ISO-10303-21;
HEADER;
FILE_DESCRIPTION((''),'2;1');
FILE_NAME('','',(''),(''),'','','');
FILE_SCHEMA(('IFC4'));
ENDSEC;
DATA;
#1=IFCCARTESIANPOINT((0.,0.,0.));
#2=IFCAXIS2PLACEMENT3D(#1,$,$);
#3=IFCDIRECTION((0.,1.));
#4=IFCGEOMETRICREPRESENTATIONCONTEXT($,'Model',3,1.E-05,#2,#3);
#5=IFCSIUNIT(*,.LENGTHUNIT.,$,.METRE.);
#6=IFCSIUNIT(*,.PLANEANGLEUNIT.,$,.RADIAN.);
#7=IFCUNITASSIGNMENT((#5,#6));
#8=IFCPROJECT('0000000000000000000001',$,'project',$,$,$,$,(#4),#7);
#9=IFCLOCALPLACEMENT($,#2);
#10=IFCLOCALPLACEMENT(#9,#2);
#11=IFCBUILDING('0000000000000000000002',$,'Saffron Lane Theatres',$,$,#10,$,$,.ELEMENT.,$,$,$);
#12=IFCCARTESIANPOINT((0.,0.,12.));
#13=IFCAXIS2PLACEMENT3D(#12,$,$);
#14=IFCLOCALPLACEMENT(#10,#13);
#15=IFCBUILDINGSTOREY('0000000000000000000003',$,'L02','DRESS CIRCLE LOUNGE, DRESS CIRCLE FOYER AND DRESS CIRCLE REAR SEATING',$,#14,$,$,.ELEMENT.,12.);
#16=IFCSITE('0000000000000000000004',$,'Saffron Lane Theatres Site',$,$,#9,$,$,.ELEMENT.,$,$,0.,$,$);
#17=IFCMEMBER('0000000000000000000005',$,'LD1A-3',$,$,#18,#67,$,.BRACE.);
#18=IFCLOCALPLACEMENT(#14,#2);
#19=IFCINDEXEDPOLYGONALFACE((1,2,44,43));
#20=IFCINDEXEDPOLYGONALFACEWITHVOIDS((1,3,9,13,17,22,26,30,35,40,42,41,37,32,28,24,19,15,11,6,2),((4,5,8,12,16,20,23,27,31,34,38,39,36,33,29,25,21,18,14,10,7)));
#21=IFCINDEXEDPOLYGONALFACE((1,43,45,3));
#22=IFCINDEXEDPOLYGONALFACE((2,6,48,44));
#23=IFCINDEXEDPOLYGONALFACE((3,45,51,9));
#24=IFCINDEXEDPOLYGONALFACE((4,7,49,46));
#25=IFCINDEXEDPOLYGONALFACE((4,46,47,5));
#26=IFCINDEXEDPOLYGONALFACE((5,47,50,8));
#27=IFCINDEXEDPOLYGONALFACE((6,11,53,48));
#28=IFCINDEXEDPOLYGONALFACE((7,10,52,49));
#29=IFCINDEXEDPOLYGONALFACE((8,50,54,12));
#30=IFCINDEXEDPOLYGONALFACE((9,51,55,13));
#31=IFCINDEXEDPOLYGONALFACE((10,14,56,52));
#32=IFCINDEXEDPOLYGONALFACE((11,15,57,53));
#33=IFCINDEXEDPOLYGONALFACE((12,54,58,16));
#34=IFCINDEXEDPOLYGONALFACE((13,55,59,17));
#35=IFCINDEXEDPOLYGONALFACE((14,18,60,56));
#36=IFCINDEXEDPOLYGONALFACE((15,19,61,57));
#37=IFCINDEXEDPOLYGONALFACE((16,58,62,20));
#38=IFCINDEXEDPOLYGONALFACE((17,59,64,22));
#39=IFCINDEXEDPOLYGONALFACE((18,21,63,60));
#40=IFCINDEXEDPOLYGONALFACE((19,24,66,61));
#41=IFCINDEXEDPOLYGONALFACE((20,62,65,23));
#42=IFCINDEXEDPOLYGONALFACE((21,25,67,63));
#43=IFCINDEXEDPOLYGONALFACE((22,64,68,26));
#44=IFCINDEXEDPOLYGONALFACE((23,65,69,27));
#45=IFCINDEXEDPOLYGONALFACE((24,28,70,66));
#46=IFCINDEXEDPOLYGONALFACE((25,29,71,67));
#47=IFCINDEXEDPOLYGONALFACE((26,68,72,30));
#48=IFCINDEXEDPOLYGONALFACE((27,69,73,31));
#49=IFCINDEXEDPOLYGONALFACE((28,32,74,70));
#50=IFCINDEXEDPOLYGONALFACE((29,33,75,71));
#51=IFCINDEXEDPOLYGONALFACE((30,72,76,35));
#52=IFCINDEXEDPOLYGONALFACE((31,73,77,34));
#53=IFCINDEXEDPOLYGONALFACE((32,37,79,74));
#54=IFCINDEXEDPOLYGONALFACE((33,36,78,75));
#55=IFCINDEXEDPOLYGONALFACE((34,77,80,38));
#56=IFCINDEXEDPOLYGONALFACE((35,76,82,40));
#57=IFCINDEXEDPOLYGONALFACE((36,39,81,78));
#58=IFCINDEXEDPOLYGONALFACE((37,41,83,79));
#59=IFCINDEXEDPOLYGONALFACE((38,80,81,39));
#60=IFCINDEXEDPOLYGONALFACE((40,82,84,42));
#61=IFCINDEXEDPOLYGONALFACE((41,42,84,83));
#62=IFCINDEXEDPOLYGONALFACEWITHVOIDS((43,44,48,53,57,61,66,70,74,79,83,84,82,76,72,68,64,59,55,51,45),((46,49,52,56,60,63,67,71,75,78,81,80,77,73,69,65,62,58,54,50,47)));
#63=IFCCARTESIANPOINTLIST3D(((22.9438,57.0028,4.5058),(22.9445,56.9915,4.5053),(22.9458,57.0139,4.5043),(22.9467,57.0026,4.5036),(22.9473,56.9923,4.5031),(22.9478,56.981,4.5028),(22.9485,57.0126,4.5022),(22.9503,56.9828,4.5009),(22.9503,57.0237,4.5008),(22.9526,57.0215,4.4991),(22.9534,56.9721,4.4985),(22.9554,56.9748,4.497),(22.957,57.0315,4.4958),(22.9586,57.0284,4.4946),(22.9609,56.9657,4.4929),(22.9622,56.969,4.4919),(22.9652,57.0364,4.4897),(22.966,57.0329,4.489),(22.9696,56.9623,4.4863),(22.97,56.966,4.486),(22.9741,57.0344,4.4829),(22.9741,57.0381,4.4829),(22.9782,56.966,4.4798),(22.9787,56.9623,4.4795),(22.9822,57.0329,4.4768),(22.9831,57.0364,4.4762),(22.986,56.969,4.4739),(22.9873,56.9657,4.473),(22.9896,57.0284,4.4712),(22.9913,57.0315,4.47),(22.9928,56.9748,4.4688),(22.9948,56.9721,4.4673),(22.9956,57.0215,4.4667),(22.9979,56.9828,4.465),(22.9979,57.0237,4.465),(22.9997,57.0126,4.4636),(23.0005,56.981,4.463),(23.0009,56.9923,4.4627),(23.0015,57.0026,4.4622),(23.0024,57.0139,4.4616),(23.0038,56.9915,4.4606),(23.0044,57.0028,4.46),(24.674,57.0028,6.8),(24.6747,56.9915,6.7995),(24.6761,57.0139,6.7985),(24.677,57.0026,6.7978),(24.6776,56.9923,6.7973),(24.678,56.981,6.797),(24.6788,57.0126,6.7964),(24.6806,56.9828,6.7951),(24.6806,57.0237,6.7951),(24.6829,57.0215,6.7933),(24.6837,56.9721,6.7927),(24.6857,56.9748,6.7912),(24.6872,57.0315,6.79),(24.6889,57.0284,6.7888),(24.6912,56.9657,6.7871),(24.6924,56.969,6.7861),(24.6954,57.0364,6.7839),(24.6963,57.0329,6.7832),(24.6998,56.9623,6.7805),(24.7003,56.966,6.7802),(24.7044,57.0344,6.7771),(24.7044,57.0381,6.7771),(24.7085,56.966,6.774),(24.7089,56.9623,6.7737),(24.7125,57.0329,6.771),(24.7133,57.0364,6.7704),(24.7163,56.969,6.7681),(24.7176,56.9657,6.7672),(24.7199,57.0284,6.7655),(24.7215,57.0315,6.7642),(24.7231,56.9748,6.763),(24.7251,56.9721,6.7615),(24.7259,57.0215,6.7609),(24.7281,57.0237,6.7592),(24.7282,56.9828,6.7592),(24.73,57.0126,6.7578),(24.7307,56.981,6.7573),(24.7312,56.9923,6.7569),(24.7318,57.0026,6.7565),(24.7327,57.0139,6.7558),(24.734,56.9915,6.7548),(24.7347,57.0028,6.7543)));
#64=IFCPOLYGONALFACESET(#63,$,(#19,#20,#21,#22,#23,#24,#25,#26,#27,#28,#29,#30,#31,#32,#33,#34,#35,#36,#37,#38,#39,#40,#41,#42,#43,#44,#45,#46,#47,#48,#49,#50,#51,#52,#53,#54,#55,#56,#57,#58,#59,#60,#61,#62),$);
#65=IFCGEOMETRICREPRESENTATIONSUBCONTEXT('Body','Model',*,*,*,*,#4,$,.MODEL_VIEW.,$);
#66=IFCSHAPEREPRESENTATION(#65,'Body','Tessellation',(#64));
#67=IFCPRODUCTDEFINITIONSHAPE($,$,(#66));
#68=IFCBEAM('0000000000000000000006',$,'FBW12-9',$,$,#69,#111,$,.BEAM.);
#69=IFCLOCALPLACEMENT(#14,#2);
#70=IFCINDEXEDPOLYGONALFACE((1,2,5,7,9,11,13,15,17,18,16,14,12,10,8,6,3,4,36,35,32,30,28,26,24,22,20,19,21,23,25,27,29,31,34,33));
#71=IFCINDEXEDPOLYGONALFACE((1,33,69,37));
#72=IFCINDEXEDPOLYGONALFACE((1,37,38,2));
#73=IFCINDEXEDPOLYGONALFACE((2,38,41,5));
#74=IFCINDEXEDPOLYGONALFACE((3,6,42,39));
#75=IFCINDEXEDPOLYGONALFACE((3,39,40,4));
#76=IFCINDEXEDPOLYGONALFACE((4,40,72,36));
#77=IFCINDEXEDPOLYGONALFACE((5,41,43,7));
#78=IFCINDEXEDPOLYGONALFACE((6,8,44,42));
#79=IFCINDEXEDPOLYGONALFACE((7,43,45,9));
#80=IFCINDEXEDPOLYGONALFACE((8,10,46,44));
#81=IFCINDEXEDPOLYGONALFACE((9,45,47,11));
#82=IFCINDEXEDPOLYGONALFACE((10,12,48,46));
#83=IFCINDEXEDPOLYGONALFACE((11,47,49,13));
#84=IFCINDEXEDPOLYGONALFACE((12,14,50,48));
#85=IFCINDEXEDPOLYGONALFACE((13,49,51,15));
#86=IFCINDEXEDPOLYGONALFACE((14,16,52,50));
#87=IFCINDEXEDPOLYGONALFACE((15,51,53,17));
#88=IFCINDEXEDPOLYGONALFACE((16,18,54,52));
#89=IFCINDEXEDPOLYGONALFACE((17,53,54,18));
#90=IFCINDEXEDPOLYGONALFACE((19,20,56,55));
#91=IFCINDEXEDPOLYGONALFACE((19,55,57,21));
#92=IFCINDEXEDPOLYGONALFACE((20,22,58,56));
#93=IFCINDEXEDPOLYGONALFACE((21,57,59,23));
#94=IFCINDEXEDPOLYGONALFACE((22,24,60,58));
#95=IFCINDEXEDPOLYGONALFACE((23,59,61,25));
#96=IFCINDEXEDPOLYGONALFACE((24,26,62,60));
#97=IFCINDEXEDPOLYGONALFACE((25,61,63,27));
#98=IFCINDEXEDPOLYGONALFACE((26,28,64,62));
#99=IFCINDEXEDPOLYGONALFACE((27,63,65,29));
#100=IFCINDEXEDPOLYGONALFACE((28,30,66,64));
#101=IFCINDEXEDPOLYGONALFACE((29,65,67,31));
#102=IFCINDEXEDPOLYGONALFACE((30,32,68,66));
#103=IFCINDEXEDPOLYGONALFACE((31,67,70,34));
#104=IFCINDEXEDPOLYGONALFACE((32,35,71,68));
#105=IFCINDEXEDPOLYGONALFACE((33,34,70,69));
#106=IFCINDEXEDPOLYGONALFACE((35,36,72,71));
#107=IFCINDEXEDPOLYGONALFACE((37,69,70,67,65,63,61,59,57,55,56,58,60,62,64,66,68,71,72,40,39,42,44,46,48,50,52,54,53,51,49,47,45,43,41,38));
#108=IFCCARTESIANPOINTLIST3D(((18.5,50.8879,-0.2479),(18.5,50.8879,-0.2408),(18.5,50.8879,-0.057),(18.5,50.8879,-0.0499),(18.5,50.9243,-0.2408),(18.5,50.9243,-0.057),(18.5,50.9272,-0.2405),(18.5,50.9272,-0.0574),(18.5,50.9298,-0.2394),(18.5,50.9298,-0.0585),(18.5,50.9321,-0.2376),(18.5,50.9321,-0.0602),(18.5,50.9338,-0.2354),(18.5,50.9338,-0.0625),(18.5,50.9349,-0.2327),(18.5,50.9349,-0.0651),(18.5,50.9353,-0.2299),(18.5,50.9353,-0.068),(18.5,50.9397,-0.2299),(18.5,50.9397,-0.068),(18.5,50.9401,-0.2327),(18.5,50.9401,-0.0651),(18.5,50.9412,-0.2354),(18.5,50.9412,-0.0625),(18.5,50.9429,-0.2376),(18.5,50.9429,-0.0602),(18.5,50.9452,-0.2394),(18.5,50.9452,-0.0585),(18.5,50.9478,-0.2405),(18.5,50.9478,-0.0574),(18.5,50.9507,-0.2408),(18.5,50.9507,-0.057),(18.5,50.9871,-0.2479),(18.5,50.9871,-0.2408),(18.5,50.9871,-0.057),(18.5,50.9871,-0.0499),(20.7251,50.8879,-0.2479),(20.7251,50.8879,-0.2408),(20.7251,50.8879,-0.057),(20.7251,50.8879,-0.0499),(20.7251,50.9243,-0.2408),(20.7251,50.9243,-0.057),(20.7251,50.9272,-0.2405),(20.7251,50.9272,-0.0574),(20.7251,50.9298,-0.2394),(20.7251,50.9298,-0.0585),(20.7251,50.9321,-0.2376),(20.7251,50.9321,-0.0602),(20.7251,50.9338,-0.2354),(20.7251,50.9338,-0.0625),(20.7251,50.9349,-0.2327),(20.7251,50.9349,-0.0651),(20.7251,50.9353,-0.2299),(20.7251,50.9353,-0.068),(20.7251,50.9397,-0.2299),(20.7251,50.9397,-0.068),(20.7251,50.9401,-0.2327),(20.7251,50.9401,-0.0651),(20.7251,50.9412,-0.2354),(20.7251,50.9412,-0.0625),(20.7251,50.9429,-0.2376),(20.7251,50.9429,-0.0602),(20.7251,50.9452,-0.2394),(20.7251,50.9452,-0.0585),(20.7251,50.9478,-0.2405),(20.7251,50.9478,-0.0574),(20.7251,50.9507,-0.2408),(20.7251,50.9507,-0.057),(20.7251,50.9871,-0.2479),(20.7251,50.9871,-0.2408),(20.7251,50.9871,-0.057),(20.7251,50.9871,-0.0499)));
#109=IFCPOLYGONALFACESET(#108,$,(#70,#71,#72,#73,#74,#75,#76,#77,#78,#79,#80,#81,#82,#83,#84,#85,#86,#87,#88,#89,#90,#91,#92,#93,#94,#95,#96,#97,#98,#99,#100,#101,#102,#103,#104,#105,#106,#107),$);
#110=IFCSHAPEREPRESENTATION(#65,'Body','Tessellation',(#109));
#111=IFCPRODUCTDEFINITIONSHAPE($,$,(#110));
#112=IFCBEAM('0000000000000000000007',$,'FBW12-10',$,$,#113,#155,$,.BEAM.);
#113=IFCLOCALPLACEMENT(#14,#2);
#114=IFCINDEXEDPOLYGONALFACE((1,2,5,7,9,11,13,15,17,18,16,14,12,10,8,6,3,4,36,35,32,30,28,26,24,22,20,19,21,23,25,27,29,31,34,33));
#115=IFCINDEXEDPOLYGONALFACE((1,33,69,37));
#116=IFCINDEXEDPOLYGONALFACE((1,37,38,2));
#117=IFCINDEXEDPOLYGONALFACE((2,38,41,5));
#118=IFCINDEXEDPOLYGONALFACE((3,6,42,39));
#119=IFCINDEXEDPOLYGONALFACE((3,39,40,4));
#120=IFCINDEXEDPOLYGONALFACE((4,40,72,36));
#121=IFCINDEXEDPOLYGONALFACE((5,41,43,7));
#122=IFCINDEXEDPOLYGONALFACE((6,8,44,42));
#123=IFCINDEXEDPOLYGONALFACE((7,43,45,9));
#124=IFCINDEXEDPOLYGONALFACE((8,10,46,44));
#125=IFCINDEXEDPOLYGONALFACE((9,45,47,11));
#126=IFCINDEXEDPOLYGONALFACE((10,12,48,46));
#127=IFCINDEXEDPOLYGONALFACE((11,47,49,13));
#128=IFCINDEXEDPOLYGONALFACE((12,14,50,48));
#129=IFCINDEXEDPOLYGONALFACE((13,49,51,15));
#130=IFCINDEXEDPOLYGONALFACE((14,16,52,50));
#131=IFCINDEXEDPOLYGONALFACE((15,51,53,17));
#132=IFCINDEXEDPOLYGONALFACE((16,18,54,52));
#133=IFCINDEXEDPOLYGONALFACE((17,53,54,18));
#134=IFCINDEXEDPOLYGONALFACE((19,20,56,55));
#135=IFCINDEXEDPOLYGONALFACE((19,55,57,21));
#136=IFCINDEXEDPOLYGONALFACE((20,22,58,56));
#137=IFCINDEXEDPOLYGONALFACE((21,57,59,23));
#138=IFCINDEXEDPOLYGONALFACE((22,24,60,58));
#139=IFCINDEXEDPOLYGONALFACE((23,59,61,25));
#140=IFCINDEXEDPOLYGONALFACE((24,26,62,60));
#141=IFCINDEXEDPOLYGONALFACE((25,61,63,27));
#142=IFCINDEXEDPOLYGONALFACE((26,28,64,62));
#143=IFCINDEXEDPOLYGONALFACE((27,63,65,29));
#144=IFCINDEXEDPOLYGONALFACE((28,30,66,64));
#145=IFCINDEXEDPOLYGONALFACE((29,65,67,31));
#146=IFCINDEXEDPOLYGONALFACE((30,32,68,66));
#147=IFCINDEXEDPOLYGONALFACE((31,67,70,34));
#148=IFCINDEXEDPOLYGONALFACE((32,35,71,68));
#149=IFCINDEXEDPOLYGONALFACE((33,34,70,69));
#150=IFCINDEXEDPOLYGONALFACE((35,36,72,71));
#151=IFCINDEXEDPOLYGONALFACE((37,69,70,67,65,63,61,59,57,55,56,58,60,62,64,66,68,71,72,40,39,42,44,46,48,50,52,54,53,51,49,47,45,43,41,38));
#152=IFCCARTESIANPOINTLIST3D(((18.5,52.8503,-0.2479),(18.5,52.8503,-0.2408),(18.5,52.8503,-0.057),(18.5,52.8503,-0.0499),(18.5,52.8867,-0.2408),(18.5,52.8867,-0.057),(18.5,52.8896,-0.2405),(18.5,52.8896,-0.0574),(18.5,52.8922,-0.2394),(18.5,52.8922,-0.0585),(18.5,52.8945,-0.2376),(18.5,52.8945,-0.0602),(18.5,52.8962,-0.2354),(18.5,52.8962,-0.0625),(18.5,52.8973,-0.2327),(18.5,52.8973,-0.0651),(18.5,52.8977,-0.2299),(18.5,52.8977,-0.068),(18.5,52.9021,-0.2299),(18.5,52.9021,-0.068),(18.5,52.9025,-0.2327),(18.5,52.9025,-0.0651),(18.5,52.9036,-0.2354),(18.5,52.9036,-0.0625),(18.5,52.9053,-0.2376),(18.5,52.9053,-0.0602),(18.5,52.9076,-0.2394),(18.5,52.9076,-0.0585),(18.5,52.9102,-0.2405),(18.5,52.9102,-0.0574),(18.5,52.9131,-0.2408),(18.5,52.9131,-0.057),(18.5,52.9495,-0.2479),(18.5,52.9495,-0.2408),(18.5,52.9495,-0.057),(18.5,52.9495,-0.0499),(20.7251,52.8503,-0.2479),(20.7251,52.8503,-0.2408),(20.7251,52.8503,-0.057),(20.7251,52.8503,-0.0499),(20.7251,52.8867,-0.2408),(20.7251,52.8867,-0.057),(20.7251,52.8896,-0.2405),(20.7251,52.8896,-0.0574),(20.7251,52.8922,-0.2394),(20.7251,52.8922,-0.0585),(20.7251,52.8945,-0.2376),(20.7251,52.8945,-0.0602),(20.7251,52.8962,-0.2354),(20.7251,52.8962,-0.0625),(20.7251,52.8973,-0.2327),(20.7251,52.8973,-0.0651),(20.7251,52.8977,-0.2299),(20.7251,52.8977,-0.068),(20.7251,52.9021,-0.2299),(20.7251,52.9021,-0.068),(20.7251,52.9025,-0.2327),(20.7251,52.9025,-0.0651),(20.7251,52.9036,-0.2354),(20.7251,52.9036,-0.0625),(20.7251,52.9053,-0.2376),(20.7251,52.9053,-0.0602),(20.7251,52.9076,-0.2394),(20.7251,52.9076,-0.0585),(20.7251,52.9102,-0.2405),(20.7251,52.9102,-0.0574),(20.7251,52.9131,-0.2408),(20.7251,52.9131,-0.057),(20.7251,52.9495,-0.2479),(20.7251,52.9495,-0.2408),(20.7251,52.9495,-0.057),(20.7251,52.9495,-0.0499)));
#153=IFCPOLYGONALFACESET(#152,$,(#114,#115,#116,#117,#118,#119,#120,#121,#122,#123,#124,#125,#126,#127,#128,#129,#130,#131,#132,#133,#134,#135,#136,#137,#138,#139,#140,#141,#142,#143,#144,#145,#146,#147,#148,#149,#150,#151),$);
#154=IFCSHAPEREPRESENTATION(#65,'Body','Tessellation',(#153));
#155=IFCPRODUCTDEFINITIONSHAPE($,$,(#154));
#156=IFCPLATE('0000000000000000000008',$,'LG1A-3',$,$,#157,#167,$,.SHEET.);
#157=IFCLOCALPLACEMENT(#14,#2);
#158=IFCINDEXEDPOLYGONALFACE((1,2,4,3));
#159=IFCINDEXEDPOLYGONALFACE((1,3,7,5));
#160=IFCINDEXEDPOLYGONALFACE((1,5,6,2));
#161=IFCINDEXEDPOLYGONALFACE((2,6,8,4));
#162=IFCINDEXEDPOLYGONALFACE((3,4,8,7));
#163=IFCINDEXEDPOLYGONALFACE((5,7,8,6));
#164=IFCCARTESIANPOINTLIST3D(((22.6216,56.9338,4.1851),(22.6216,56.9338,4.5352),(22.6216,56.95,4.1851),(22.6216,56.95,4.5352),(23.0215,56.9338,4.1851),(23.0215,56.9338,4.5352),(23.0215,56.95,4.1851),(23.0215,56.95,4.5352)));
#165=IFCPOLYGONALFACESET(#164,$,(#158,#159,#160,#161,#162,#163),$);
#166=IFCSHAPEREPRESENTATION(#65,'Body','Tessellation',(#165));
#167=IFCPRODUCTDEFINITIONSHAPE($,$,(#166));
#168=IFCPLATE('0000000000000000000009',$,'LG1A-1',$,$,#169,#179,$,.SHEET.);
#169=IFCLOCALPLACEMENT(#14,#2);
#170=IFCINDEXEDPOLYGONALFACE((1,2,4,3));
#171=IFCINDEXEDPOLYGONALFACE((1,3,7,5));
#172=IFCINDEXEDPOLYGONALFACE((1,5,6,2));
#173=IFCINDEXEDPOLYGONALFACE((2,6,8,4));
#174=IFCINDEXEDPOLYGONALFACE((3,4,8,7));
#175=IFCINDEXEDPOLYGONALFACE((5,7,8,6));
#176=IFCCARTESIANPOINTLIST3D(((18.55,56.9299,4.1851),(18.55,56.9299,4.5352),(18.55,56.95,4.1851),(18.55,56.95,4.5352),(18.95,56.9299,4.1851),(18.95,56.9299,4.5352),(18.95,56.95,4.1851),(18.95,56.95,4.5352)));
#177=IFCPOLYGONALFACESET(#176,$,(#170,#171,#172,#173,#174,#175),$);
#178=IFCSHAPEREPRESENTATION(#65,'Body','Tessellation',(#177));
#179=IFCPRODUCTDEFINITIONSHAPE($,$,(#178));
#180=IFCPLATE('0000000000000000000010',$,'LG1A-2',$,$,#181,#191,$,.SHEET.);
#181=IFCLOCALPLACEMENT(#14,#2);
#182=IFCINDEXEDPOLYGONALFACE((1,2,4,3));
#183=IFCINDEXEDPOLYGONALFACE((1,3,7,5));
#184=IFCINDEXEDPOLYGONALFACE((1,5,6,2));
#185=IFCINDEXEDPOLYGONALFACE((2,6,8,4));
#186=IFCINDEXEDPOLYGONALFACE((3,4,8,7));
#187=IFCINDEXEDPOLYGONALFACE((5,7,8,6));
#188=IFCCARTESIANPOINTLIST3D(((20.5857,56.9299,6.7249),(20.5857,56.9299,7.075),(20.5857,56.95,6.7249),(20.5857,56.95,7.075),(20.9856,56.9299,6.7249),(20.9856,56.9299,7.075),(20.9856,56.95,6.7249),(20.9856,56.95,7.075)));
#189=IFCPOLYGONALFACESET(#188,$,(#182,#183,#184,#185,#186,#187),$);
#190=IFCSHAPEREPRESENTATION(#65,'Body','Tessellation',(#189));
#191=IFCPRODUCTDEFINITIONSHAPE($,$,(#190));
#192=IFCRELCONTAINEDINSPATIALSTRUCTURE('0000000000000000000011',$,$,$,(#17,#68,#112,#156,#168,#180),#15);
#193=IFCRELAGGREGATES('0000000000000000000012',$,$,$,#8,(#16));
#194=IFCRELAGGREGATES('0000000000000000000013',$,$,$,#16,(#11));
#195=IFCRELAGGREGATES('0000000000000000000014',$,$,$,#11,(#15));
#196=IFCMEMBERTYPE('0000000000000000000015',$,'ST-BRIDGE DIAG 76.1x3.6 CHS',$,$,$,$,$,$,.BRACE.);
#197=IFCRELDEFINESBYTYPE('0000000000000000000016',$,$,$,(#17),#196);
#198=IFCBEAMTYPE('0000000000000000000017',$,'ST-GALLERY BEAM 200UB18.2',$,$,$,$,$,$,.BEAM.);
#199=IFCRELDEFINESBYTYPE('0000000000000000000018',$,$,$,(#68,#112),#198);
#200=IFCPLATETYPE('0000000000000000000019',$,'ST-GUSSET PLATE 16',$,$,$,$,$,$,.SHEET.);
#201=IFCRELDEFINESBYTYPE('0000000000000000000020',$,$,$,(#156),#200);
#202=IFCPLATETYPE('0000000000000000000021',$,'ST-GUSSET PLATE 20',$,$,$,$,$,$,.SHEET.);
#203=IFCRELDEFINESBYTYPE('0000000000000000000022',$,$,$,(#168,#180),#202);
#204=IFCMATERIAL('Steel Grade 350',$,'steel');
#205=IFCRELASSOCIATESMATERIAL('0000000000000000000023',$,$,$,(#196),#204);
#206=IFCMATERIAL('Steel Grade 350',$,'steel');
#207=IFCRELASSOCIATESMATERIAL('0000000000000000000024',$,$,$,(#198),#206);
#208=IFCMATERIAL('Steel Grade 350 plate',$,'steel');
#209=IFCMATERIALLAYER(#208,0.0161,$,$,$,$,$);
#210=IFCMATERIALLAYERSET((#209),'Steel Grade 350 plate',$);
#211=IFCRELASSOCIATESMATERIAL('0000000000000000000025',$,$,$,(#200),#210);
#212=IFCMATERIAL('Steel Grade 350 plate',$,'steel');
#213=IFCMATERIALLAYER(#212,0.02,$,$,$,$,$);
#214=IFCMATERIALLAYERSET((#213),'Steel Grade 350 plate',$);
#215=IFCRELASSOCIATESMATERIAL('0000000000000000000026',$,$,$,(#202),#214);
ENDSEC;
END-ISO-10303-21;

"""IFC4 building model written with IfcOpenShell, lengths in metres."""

from ifc_helpers import new_model, si_unit, direction, frame, origin, origin_2d, place, context, subcontext, project, spatial, rectangle, hollow_circle, i_section, extrude, material, layer, layer_set, material_profile, profile_set, type_object, element, save


model = new_model("IFC4")

# Units and contexts
model_context = context("Model", 3, precision=1e-05, world=origin(), true_north=direction((0.0, 1.0)))
body_context = subcontext(model_context, "Body", "Model", "MODEL_VIEW")
ifc_project = project(units=[si_unit("LENGTHUNIT", "METRE"), si_unit("PLANEANGLEUNIT", "RADIAN")], contexts=[model_context])

# Site, building, storey
site_placement = place(None, origin())
site = spatial("IfcSite", under=ifc_project, at=site_placement, Name="Saffron Lane Theatres Site", CompositionType="ELEMENT", RefElevation=0.0)
building_placement = place(site_placement, origin())
building = spatial("IfcBuilding", under=site, at=building_placement, Name="Saffron Lane Theatres", CompositionType="ELEMENT")
storey_placement = place(building_placement, frame((0.0, 0.0, 12.0)))
storey = spatial("IfcBuildingStorey", under=building, at=storey_placement, Name="L02", Description="DRESS CIRCLE LOUNGE, DRESS CIRCLE FOYER AND DRESS CIRCLE REAR SEATING", CompositionType="ELEMENT", Elevation=12.0)

# Member
ifc_material_1 = material(Name="Steel Grade 350", Category="steel")
ifc_material_profile_1 = material_profile(ifc_material_1, hollow_circle(Radius=0.0381, WallThickness=0.0037, at=origin_2d()))
ifc_profile_set_1 = profile_set([ifc_material_profile_1], Name="Steel Grade 350")
member_type = type_object("IfcMemberType", Name="ST-BRIDGE DIAG 76.1x3.6 CHS", PredefinedType="BRACE", material=ifc_profile_set_1)
for number, where, z_axis, x_axis, name in (
    (1, (22.9741, 57.0, 4.4829), (0.602132, 0.0, 0.798396), (0.0, 1.0, 0.0), "LD1A-3"),
):
    element("IfcMember", number, at=place(storey_placement, frame(where, z_axis=z_axis, x_axis=x_axis)), inside=storey, type_object=member_type, Name=name, PredefinedType="BRACE", context=body_context, shape_type="SweptSolid", body=[
        extrude(hollow_circle(Radius=0.0381, WallThickness=0.0037, at=origin_2d()), origin(), (0.0, 0.0, 1.0), 2.8735),
    ])

# Beams
ifc_material_2 = material(Name="Steel Grade 350", Category="steel")
ifc_material_profile_2 = material_profile(ifc_material_2, i_section(OverallWidth=0.0991, OverallDepth=0.198, WebThickness=0.0044, FlangeThickness=0.0071, FilletRadius=0.011, at=origin_2d()))
ifc_profile_set_2 = profile_set([ifc_material_profile_2], Name="Steel Grade 350")
beam_type_1 = type_object("IfcBeamType", Name="ST-GALLERY BEAM 200UB18.2", PredefinedType="BEAM", material=ifc_profile_set_2)
for number, where, z_axis, x_axis, name in (
    (2, (18.5, 50.9375, -0.1489), (1.0, 0.0, 0.0), (0.0, 1.0, 0.0), "FBW12-9"),
    (3, (18.5, 52.8999, -0.1489), (1.0, 0.0, 0.0), (0.0, 1.0, 0.0), "FBW12-10"),
):
    element("IfcBeam", number, at=place(storey_placement, frame(where, z_axis=z_axis, x_axis=x_axis)), inside=storey, type_object=beam_type_1, Name=name, PredefinedType="BEAM", context=body_context, shape_type="SweptSolid", body=[
        extrude(i_section(OverallWidth=0.0991, OverallDepth=0.198, WebThickness=0.0044, FlangeThickness=0.0071, FilletRadius=0.011, at=origin_2d()), origin(), (0.0, 0.0, 1.0), 2.2251),
    ])

# Plates
ifc_material_3 = material(Name="Steel Grade 350 plate", Category="steel")
ifc_layer_1 = layer(ifc_material_3, 0.0161)
ifc_layer_set_1 = layer_set([ifc_layer_1], Name="Steel Grade 350 plate")
plate_type_1 = type_object("IfcPlateType", Name="ST-GUSSET PLATE 16", PredefinedType="SHEET", material=ifc_layer_set_1)
plate_placement = place(storey_placement, frame((22.8215, 56.9419, 4.1851), z_axis=(0.0, 0.0, 1.0), x_axis=(1.0, 0.0, 0.0)))
element("IfcPlate", 4, at=plate_placement, inside=storey, type_object=plate_type_1, Name="LG1A-3", PredefinedType="SHEET", context=body_context, shape_type="SweptSolid", body=[
    extrude(rectangle(XDim=0.3999, YDim=0.0161, at=origin_2d()), origin(), (0.0, 0.0, 1.0), 0.3501),
])
ifc_material_4 = material(Name="Steel Grade 350 plate", Category="steel")
ifc_layer_2 = layer(ifc_material_4, 0.02)
ifc_layer_set_2 = layer_set([ifc_layer_2], Name="Steel Grade 350 plate")
plate_type_2 = type_object("IfcPlateType", Name="ST-GUSSET PLATE 20", PredefinedType="SHEET", material=ifc_layer_set_2)
for number, where, z_axis, x_axis, name in (
    (5, (18.75, 56.9399, 4.1851), (0.0, 0.0, 1.0), (1.0, 0.0, 0.0), "LG1A-1"),
    (6, (20.7856, 56.9399, 6.7249), (0.0, 0.0, 1.0), (1.0, 0.0, 0.0), "LG1A-2"),
):
    element("IfcPlate", number, at=place(storey_placement, frame(where, z_axis=z_axis, x_axis=x_axis)), inside=storey, type_object=plate_type_2, Name=name, PredefinedType="SHEET", context=body_context, shape_type="SweptSolid", body=[
        extrude(rectangle(XDim=0.3999, YDim=0.02, at=origin_2d()), origin(), (0.0, 0.0, 1.0), 0.3501),
    ])

save(model, "model.ifc")
